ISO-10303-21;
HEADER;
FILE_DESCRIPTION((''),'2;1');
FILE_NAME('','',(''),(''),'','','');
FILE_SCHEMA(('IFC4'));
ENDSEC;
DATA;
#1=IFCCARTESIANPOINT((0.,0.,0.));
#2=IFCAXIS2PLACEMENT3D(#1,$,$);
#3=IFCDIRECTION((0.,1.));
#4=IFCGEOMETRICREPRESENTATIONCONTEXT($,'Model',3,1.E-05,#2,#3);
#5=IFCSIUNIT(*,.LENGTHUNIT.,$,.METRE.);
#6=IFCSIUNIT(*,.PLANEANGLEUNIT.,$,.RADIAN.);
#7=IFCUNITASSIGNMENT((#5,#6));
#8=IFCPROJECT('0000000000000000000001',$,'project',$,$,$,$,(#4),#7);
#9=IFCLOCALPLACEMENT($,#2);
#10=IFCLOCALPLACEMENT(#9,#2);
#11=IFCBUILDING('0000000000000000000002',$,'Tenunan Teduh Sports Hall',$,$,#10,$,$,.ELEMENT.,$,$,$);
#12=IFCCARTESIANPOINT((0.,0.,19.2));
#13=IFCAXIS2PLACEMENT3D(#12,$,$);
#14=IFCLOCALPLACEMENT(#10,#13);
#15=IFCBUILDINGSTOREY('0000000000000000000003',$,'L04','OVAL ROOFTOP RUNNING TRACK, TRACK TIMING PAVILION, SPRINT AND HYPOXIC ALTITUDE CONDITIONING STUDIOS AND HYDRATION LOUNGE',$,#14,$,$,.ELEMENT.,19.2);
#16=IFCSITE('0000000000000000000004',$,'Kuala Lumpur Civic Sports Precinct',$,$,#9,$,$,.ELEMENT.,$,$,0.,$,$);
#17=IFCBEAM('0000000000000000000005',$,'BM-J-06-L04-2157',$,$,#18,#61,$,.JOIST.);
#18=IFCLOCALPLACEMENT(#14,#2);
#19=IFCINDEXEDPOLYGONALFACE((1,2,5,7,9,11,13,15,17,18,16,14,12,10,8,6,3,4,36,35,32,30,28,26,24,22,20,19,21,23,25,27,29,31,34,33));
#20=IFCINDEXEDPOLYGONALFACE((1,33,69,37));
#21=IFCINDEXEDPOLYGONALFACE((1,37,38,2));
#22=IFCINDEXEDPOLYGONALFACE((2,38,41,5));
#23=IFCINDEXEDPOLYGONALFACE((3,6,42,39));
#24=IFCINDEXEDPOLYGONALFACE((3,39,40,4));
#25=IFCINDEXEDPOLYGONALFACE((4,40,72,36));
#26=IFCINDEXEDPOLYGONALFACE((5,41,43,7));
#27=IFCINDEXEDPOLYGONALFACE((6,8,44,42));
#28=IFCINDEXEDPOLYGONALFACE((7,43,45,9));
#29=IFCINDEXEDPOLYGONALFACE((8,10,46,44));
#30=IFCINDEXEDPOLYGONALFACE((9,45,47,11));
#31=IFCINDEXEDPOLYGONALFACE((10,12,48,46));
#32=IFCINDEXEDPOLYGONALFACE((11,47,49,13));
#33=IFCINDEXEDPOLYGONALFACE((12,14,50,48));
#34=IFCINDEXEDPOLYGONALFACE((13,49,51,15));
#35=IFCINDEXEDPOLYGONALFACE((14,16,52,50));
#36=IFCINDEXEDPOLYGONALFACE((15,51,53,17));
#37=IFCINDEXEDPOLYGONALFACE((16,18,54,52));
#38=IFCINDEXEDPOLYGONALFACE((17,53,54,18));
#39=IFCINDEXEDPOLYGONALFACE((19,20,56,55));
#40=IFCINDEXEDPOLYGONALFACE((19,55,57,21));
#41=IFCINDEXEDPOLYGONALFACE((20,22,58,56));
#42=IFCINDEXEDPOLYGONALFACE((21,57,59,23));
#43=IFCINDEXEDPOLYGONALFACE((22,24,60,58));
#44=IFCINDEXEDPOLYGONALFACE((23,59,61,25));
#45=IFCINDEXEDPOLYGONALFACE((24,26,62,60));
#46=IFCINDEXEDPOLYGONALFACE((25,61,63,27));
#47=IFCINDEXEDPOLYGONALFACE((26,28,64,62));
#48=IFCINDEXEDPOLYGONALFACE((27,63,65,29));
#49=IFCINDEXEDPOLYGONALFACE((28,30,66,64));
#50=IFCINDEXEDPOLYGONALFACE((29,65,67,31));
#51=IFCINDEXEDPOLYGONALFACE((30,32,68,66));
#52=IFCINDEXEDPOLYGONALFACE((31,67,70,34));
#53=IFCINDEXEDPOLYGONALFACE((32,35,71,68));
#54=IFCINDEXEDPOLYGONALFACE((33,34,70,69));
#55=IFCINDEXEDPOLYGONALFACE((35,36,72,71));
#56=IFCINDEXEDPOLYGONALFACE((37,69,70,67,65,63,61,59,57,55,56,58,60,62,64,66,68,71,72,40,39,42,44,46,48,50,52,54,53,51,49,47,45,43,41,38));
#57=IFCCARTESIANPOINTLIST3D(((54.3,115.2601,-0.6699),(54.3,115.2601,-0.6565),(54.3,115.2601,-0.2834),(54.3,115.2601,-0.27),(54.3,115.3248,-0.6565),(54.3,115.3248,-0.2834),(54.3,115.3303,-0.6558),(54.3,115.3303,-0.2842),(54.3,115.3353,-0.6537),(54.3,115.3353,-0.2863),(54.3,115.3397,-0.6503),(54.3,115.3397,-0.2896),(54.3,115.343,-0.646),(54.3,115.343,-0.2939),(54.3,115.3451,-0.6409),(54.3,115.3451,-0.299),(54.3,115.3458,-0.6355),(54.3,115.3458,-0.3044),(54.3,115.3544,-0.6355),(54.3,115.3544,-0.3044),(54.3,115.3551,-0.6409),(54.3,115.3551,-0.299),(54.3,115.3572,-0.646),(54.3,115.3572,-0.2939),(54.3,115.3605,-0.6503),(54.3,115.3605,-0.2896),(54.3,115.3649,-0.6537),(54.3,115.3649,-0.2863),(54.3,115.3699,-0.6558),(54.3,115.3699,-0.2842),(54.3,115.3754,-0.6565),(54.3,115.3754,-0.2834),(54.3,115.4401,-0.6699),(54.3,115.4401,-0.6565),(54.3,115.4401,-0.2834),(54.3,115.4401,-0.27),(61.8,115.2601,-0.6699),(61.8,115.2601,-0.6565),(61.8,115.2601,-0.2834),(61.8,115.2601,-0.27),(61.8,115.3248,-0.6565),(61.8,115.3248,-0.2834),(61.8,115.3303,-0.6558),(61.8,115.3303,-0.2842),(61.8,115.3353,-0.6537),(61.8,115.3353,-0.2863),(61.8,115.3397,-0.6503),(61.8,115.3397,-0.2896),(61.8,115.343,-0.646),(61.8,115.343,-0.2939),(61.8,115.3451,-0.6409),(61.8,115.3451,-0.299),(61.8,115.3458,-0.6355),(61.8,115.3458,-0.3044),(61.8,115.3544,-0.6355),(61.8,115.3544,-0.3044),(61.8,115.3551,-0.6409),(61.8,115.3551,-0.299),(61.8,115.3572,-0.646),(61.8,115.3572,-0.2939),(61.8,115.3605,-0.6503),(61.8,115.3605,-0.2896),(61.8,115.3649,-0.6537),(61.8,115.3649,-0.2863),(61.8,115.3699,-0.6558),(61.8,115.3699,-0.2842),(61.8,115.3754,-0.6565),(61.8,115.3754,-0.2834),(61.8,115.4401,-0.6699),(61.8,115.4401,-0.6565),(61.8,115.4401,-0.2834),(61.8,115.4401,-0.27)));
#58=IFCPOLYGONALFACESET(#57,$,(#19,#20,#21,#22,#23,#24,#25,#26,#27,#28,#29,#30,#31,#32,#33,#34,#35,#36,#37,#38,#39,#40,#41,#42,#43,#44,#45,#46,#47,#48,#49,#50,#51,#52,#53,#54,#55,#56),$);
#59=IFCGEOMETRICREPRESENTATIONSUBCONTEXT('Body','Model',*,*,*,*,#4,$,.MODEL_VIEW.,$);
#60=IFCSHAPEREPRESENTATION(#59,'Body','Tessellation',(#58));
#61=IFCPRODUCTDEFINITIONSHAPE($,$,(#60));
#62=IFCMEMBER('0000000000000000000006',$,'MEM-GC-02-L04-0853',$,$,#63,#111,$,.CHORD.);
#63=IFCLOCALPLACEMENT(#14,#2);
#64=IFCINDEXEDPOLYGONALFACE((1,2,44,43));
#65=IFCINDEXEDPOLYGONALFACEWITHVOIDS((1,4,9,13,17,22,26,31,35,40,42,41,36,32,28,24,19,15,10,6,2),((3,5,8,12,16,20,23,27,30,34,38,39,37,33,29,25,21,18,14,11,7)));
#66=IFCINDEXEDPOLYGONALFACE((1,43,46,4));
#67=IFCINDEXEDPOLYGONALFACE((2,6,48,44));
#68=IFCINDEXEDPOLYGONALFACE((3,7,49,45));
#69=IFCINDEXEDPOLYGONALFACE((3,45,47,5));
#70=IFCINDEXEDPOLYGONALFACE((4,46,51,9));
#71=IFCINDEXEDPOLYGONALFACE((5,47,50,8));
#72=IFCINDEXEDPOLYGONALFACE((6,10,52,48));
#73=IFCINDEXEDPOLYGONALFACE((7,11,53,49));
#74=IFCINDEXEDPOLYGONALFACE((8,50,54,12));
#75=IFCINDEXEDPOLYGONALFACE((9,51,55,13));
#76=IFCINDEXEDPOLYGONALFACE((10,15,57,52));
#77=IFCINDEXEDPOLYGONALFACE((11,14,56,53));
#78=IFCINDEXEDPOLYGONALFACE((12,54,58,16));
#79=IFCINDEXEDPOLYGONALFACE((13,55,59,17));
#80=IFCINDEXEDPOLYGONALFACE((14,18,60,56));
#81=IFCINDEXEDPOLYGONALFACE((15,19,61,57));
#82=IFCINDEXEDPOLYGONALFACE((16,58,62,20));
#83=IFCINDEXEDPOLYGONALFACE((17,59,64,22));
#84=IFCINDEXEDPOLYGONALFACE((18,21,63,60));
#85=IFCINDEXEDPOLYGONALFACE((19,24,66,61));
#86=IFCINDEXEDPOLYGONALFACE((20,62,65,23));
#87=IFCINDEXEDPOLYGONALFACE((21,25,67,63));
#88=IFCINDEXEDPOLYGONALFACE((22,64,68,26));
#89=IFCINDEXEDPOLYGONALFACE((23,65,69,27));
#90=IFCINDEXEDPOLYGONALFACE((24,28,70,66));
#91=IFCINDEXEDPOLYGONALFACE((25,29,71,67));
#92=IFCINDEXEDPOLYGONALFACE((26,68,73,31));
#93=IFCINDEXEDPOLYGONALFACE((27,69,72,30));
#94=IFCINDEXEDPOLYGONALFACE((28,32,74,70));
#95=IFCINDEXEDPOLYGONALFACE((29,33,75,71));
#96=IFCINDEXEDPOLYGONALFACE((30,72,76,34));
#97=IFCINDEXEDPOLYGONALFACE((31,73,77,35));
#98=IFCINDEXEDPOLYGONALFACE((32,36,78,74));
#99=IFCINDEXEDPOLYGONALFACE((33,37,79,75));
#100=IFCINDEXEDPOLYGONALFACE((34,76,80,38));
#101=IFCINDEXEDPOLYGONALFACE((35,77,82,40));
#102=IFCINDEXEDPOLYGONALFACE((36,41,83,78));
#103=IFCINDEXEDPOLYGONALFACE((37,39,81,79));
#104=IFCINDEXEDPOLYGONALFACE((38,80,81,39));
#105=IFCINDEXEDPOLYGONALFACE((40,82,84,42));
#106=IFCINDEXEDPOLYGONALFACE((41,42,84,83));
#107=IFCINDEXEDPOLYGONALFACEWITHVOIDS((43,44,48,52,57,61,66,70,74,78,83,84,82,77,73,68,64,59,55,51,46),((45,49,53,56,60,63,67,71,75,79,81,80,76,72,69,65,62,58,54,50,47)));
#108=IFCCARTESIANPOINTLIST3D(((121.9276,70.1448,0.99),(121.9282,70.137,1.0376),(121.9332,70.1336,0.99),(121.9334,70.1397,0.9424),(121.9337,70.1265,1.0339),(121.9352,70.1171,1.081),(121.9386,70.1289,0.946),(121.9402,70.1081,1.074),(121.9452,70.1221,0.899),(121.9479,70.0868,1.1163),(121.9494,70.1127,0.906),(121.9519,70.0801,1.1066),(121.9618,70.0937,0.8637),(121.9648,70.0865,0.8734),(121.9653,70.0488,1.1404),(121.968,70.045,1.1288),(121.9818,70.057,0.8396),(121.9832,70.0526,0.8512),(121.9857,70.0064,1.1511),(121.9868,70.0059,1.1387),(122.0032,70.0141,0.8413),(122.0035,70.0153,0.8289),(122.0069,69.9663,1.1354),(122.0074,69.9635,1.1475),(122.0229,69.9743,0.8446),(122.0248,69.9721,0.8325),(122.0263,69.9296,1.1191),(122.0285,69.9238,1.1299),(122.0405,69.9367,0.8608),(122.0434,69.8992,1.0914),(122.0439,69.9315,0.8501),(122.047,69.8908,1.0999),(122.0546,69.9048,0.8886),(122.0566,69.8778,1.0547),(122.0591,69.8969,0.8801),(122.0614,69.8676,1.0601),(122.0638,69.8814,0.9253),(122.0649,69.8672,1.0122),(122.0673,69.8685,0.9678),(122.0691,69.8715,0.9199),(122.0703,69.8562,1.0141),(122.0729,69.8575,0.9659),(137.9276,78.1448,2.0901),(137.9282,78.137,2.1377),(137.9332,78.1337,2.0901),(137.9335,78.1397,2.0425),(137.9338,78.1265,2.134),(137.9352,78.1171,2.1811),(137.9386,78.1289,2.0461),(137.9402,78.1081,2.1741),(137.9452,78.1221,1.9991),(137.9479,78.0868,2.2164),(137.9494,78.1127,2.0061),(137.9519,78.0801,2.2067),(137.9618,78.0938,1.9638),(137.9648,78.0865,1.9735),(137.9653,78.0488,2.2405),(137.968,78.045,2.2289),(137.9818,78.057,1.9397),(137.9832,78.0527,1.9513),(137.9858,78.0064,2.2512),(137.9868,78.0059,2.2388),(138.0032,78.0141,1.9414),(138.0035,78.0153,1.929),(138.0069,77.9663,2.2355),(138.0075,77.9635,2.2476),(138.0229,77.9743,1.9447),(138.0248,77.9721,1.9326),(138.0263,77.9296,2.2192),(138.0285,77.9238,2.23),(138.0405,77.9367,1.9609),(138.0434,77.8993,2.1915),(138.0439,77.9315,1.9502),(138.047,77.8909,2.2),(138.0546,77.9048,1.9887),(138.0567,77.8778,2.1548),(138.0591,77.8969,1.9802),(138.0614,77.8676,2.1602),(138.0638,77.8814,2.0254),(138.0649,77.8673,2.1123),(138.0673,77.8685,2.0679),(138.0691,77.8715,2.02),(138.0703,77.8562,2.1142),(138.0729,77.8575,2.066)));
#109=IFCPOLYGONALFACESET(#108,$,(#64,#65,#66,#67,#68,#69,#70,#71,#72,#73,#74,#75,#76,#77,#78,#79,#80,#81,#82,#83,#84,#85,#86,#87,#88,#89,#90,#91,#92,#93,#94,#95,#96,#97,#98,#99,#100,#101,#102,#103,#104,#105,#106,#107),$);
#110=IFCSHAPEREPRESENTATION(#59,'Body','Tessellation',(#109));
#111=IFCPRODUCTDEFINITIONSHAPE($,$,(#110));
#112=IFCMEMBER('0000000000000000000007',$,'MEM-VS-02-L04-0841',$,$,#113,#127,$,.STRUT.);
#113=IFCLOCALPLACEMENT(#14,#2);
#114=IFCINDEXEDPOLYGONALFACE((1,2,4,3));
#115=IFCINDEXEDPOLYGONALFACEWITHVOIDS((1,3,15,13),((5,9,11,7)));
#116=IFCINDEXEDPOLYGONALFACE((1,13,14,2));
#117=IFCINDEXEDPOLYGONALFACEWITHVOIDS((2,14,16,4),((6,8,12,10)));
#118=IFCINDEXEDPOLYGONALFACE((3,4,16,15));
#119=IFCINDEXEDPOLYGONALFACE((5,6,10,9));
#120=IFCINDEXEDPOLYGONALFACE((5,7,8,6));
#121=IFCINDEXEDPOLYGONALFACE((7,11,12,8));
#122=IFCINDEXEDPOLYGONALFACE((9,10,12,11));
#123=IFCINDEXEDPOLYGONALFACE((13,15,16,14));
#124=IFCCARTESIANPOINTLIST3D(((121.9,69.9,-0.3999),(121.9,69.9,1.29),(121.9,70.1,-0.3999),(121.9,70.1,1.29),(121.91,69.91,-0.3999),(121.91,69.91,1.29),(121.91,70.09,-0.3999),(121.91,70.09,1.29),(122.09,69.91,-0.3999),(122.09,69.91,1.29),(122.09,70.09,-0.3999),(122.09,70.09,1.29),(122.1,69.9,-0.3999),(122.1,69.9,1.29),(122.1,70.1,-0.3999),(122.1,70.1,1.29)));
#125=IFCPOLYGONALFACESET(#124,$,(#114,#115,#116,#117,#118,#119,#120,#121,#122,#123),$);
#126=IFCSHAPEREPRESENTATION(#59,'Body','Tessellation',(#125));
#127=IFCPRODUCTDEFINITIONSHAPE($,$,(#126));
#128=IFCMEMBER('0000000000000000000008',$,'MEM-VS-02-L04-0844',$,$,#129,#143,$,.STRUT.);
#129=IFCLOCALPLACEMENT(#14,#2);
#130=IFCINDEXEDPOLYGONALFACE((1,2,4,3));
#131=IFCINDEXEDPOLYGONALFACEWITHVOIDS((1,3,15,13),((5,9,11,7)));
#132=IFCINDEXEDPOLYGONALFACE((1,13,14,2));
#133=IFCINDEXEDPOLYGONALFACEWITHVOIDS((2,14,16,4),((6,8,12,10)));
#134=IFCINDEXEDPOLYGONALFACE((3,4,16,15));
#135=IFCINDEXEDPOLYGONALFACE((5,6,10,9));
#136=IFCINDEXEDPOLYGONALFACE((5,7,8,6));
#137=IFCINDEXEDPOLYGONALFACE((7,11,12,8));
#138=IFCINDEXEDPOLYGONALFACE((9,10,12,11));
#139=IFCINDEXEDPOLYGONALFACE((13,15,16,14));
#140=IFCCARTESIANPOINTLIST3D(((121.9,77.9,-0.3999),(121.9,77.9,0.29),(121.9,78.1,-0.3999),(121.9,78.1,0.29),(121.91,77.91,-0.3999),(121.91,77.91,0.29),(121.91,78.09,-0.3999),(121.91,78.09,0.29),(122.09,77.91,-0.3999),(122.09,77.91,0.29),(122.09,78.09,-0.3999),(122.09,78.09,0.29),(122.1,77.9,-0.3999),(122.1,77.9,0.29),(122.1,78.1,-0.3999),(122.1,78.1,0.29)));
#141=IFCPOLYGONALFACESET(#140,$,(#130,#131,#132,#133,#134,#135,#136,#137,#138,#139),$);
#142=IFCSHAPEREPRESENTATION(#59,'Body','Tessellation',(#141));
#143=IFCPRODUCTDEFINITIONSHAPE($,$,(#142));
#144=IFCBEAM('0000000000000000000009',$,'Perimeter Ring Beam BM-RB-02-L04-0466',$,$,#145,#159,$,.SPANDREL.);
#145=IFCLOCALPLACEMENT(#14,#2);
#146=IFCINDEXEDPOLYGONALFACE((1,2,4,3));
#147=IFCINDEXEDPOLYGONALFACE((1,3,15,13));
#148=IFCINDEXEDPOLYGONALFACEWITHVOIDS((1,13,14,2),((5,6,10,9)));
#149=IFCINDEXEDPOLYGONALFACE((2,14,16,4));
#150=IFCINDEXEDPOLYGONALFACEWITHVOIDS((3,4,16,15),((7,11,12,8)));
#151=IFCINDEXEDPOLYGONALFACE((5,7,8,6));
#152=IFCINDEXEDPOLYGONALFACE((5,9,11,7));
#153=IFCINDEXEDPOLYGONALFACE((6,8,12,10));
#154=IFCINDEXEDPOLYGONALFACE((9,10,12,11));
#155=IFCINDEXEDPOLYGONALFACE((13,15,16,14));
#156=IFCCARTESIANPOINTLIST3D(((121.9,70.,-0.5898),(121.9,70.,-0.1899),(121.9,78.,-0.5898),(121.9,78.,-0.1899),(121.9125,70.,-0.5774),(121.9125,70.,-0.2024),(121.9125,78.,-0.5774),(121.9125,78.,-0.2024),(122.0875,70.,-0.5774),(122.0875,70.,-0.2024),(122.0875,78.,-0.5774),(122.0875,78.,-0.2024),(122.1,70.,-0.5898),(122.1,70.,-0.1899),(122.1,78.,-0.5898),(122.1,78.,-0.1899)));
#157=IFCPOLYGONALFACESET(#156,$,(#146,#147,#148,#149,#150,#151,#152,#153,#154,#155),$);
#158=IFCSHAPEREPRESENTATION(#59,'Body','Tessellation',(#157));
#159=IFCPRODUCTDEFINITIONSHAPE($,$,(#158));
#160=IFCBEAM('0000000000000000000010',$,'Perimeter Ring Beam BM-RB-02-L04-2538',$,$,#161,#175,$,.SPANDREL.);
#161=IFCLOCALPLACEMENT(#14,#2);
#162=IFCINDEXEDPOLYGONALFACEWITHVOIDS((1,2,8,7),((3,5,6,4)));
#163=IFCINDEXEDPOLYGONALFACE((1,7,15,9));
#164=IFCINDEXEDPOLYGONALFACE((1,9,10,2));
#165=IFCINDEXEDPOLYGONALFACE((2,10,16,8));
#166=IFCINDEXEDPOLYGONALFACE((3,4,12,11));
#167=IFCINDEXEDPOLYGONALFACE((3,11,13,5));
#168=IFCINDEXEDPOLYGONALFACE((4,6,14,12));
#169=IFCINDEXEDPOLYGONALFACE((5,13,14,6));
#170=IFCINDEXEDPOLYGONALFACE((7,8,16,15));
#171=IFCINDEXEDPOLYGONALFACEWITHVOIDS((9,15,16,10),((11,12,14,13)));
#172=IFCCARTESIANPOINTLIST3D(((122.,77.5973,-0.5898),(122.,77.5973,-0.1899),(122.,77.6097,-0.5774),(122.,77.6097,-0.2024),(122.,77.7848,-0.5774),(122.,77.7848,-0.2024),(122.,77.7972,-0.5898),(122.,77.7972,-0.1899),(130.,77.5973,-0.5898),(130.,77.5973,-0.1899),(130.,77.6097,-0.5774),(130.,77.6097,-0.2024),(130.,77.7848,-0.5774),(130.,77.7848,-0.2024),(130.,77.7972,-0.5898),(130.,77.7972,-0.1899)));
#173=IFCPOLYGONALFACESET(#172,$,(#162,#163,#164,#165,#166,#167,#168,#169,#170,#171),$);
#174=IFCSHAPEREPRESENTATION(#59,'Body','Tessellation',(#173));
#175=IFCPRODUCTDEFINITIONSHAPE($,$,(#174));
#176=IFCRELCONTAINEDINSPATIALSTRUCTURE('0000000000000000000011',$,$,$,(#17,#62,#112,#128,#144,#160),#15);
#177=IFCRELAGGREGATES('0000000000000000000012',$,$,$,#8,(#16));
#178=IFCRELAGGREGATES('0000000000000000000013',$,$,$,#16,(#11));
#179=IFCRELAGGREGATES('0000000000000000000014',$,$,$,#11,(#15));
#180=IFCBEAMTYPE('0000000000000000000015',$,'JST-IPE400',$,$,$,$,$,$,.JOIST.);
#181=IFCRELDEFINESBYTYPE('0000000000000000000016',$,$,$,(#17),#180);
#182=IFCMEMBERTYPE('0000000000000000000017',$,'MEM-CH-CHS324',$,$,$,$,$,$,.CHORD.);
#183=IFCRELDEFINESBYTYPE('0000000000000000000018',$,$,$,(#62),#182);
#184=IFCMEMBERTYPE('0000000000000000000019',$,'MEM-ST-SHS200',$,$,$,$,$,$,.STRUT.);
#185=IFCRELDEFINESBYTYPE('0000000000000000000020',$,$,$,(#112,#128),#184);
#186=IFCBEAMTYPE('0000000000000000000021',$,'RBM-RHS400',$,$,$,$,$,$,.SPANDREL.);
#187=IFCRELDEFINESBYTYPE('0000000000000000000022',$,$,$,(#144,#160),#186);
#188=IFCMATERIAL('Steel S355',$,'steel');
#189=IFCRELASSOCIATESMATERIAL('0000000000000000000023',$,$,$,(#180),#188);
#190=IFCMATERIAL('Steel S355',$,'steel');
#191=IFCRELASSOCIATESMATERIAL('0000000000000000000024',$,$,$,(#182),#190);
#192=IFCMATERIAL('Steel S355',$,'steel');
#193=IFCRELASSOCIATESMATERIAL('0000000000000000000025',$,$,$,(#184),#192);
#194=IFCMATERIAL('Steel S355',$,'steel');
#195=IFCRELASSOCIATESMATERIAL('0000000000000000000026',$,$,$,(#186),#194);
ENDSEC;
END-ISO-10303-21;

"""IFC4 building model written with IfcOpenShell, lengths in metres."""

from ifc_helpers import new_model, si_unit, direction, frame, origin, origin_2d, place, context, subcontext, project, spatial, hollow_rectangle, hollow_circle, i_section, extrude, material, material_profile, profile_set, type_object, element, save


model = new_model("IFC4")

# Units and contexts
model_context = context("Model", 3, precision=1e-05, world=origin(), true_north=direction((0.0, 1.0)))
body_context = subcontext(model_context, "Body", "Model", "MODEL_VIEW")
ifc_project = project(units=[si_unit("LENGTHUNIT", "METRE"), si_unit("PLANEANGLEUNIT", "RADIAN")], contexts=[model_context])

# Site, building, storey
site_placement = place(None, origin())
site = spatial("IfcSite", under=ifc_project, at=site_placement, Name="Kuala Lumpur Civic Sports Precinct", CompositionType="ELEMENT", RefElevation=0.0)
building_placement = place(site_placement, origin())
building = spatial("IfcBuilding", under=site, at=building_placement, Name="Tenunan Teduh Sports Hall", CompositionType="ELEMENT")
storey_placement = place(building_placement, frame((0.0, 0.0, 19.2)))
storey = spatial("IfcBuildingStorey", under=building, at=storey_placement, Name="L04", Description="OVAL ROOFTOP RUNNING TRACK, TRACK TIMING PAVILION, SPRINT AND HYPOXIC ALTITUDE CONDITIONING STUDIOS AND HYDRATION LOUNGE", CompositionType="ELEMENT", Elevation=19.2)

# Beam
ifc_material_1 = material(Name="Steel S355", Category="steel")
ifc_material_profile_1 = material_profile(ifc_material_1, i_section(OverallWidth=0.1799, OverallDepth=0.3999, WebThickness=0.0085, FlangeThickness=0.0134, FilletRadius=0.021, at=origin_2d()), Name="IPE 400")
ifc_profile_set_1 = profile_set([ifc_material_profile_1], Name="Steel S355")
beam_type_1 = type_object("IfcBeamType", Name="JST-IPE400", PredefinedType="JOIST", material=ifc_profile_set_1)
beam_1_placement = place(storey_placement, frame((54.3, 115.3501, -0.47), z_axis=(1.0, 0.0, 0.0), x_axis=(0.0, 1.0, 0.0)))
element("IfcBeam", 1, at=beam_1_placement, inside=storey, type_object=beam_type_1, Name="BM-J-06-L04-2157", PredefinedType="JOIST", context=body_context, shape_type="SweptSolid", body=[
    extrude(i_section(OverallWidth=0.1799, OverallDepth=0.3999, WebThickness=0.0085, FlangeThickness=0.0134, FilletRadius=0.021, at=origin_2d()), origin(), (0.0, 0.0, 1.0), 7.5),
])

# Members
ifc_material_2 = material(Name="Steel S355", Category="steel")
ifc_material_profile_2 = material_profile(ifc_material_2, hollow_circle(Radius=0.1619, WallThickness=0.0125, at=origin_2d()), Name="CHS 323.9x12.5")
ifc_profile_set_2 = profile_set([ifc_material_profile_2], Name="Steel S355")
member_type_1 = type_object("IfcMemberType", Name="MEM-CH-CHS324", PredefinedType="CHORD", material=ifc_profile_set_2)
member_1_placement = place(storey_placement, frame((122.0, 70.0, 0.99), z_axis=(0.892741, 0.44637, 0.061381), x_axis=(-0.447214, 0.894427, 0.0)))
element("IfcMember", 2, at=member_1_placement, inside=storey, type_object=member_type_1, Name="MEM-GC-02-L04-0853", PredefinedType="CHORD", context=body_context, shape_type="SweptSolid", body=[
    extrude(hollow_circle(Radius=0.1619, WallThickness=0.0125, at=origin_2d()), origin(), (0.0, 0.0, 1.0), 17.9224),
])
ifc_material_3 = material(Name="Steel S355", Category="steel")
ifc_material_profile_3 = material_profile(ifc_material_3, hollow_rectangle(XDim=0.2, YDim=0.2, WallThickness=0.01, at=origin_2d()), Name="SHS 200x200x10.0")
ifc_profile_set_3 = profile_set([ifc_material_profile_3], Name="Steel S355")
member_type_2 = type_object("IfcMemberType", Name="MEM-ST-SHS200", PredefinedType="STRUT", material=ifc_profile_set_3)
member_2_placement = place(storey_placement, frame((122.0, 70.0, -0.3999), z_axis=(0.0, 0.0, 1.0), x_axis=(1.0, 0.0, 0.0)))
element("IfcMember", 3, at=member_2_placement, inside=storey, type_object=member_type_2, Name="MEM-VS-02-L04-0841", PredefinedType="STRUT", context=body_context, shape_type="SweptSolid", body=[
    extrude(hollow_rectangle(XDim=0.2, YDim=0.2, WallThickness=0.01, at=origin_2d()), origin(), (0.0, 0.0, 1.0), 1.6899),
])
member_3_placement = place(storey_placement, frame((122.0, 78.0, -0.3999), z_axis=(0.0, 0.0, 1.0), x_axis=(1.0, 0.0, 0.0)))
element("IfcMember", 4, at=member_3_placement, inside=storey, type_object=member_type_2, Name="MEM-VS-02-L04-0844", PredefinedType="STRUT", context=body_context, shape_type="SweptSolid", body=[
    extrude(hollow_rectangle(XDim=0.2, YDim=0.2, WallThickness=0.01, at=origin_2d()), origin(), (0.0, 0.0, 1.0), 0.6899),
])

# Beams
ifc_material_4 = material(Name="Steel S355", Category="steel")
ifc_material_profile_4 = material_profile(ifc_material_4, hollow_rectangle(XDim=0.2, YDim=0.3999, WallThickness=0.0125, at=origin_2d()), Name="RHS 400x200x12.5")
ifc_profile_set_4 = profile_set([ifc_material_profile_4], Name="Steel S355")
beam_type_2 = type_object("IfcBeamType", Name="RBM-RHS400", PredefinedType="SPANDREL", material=ifc_profile_set_4)
for number, where, z_axis, x_axis, name in (
    (5, (122.0, 70.0, -0.3899), (0.0, 1.0, 0.0), (-1.0, 0.0, 0.0), "Perimeter Ring Beam BM-RB-02-L04-0466"),
    (6, (122.0, 77.6973, -0.3899), (1.0, 0.0, 0.0), (0.0, 1.0, 0.0), "Perimeter Ring Beam BM-RB-02-L04-2538"),
):
    element("IfcBeam", number, at=place(storey_placement, frame(where, z_axis=z_axis, x_axis=x_axis)), inside=storey, type_object=beam_type_2, Name=name, PredefinedType="SPANDREL", context=body_context, shape_type="SweptSolid", body=[
        extrude(hollow_rectangle(XDim=0.2, YDim=0.3999, WallThickness=0.0125, at=origin_2d()), origin(), (0.0, 0.0, 1.0), 8.0),
    ])

save(model, "model.ifc")
